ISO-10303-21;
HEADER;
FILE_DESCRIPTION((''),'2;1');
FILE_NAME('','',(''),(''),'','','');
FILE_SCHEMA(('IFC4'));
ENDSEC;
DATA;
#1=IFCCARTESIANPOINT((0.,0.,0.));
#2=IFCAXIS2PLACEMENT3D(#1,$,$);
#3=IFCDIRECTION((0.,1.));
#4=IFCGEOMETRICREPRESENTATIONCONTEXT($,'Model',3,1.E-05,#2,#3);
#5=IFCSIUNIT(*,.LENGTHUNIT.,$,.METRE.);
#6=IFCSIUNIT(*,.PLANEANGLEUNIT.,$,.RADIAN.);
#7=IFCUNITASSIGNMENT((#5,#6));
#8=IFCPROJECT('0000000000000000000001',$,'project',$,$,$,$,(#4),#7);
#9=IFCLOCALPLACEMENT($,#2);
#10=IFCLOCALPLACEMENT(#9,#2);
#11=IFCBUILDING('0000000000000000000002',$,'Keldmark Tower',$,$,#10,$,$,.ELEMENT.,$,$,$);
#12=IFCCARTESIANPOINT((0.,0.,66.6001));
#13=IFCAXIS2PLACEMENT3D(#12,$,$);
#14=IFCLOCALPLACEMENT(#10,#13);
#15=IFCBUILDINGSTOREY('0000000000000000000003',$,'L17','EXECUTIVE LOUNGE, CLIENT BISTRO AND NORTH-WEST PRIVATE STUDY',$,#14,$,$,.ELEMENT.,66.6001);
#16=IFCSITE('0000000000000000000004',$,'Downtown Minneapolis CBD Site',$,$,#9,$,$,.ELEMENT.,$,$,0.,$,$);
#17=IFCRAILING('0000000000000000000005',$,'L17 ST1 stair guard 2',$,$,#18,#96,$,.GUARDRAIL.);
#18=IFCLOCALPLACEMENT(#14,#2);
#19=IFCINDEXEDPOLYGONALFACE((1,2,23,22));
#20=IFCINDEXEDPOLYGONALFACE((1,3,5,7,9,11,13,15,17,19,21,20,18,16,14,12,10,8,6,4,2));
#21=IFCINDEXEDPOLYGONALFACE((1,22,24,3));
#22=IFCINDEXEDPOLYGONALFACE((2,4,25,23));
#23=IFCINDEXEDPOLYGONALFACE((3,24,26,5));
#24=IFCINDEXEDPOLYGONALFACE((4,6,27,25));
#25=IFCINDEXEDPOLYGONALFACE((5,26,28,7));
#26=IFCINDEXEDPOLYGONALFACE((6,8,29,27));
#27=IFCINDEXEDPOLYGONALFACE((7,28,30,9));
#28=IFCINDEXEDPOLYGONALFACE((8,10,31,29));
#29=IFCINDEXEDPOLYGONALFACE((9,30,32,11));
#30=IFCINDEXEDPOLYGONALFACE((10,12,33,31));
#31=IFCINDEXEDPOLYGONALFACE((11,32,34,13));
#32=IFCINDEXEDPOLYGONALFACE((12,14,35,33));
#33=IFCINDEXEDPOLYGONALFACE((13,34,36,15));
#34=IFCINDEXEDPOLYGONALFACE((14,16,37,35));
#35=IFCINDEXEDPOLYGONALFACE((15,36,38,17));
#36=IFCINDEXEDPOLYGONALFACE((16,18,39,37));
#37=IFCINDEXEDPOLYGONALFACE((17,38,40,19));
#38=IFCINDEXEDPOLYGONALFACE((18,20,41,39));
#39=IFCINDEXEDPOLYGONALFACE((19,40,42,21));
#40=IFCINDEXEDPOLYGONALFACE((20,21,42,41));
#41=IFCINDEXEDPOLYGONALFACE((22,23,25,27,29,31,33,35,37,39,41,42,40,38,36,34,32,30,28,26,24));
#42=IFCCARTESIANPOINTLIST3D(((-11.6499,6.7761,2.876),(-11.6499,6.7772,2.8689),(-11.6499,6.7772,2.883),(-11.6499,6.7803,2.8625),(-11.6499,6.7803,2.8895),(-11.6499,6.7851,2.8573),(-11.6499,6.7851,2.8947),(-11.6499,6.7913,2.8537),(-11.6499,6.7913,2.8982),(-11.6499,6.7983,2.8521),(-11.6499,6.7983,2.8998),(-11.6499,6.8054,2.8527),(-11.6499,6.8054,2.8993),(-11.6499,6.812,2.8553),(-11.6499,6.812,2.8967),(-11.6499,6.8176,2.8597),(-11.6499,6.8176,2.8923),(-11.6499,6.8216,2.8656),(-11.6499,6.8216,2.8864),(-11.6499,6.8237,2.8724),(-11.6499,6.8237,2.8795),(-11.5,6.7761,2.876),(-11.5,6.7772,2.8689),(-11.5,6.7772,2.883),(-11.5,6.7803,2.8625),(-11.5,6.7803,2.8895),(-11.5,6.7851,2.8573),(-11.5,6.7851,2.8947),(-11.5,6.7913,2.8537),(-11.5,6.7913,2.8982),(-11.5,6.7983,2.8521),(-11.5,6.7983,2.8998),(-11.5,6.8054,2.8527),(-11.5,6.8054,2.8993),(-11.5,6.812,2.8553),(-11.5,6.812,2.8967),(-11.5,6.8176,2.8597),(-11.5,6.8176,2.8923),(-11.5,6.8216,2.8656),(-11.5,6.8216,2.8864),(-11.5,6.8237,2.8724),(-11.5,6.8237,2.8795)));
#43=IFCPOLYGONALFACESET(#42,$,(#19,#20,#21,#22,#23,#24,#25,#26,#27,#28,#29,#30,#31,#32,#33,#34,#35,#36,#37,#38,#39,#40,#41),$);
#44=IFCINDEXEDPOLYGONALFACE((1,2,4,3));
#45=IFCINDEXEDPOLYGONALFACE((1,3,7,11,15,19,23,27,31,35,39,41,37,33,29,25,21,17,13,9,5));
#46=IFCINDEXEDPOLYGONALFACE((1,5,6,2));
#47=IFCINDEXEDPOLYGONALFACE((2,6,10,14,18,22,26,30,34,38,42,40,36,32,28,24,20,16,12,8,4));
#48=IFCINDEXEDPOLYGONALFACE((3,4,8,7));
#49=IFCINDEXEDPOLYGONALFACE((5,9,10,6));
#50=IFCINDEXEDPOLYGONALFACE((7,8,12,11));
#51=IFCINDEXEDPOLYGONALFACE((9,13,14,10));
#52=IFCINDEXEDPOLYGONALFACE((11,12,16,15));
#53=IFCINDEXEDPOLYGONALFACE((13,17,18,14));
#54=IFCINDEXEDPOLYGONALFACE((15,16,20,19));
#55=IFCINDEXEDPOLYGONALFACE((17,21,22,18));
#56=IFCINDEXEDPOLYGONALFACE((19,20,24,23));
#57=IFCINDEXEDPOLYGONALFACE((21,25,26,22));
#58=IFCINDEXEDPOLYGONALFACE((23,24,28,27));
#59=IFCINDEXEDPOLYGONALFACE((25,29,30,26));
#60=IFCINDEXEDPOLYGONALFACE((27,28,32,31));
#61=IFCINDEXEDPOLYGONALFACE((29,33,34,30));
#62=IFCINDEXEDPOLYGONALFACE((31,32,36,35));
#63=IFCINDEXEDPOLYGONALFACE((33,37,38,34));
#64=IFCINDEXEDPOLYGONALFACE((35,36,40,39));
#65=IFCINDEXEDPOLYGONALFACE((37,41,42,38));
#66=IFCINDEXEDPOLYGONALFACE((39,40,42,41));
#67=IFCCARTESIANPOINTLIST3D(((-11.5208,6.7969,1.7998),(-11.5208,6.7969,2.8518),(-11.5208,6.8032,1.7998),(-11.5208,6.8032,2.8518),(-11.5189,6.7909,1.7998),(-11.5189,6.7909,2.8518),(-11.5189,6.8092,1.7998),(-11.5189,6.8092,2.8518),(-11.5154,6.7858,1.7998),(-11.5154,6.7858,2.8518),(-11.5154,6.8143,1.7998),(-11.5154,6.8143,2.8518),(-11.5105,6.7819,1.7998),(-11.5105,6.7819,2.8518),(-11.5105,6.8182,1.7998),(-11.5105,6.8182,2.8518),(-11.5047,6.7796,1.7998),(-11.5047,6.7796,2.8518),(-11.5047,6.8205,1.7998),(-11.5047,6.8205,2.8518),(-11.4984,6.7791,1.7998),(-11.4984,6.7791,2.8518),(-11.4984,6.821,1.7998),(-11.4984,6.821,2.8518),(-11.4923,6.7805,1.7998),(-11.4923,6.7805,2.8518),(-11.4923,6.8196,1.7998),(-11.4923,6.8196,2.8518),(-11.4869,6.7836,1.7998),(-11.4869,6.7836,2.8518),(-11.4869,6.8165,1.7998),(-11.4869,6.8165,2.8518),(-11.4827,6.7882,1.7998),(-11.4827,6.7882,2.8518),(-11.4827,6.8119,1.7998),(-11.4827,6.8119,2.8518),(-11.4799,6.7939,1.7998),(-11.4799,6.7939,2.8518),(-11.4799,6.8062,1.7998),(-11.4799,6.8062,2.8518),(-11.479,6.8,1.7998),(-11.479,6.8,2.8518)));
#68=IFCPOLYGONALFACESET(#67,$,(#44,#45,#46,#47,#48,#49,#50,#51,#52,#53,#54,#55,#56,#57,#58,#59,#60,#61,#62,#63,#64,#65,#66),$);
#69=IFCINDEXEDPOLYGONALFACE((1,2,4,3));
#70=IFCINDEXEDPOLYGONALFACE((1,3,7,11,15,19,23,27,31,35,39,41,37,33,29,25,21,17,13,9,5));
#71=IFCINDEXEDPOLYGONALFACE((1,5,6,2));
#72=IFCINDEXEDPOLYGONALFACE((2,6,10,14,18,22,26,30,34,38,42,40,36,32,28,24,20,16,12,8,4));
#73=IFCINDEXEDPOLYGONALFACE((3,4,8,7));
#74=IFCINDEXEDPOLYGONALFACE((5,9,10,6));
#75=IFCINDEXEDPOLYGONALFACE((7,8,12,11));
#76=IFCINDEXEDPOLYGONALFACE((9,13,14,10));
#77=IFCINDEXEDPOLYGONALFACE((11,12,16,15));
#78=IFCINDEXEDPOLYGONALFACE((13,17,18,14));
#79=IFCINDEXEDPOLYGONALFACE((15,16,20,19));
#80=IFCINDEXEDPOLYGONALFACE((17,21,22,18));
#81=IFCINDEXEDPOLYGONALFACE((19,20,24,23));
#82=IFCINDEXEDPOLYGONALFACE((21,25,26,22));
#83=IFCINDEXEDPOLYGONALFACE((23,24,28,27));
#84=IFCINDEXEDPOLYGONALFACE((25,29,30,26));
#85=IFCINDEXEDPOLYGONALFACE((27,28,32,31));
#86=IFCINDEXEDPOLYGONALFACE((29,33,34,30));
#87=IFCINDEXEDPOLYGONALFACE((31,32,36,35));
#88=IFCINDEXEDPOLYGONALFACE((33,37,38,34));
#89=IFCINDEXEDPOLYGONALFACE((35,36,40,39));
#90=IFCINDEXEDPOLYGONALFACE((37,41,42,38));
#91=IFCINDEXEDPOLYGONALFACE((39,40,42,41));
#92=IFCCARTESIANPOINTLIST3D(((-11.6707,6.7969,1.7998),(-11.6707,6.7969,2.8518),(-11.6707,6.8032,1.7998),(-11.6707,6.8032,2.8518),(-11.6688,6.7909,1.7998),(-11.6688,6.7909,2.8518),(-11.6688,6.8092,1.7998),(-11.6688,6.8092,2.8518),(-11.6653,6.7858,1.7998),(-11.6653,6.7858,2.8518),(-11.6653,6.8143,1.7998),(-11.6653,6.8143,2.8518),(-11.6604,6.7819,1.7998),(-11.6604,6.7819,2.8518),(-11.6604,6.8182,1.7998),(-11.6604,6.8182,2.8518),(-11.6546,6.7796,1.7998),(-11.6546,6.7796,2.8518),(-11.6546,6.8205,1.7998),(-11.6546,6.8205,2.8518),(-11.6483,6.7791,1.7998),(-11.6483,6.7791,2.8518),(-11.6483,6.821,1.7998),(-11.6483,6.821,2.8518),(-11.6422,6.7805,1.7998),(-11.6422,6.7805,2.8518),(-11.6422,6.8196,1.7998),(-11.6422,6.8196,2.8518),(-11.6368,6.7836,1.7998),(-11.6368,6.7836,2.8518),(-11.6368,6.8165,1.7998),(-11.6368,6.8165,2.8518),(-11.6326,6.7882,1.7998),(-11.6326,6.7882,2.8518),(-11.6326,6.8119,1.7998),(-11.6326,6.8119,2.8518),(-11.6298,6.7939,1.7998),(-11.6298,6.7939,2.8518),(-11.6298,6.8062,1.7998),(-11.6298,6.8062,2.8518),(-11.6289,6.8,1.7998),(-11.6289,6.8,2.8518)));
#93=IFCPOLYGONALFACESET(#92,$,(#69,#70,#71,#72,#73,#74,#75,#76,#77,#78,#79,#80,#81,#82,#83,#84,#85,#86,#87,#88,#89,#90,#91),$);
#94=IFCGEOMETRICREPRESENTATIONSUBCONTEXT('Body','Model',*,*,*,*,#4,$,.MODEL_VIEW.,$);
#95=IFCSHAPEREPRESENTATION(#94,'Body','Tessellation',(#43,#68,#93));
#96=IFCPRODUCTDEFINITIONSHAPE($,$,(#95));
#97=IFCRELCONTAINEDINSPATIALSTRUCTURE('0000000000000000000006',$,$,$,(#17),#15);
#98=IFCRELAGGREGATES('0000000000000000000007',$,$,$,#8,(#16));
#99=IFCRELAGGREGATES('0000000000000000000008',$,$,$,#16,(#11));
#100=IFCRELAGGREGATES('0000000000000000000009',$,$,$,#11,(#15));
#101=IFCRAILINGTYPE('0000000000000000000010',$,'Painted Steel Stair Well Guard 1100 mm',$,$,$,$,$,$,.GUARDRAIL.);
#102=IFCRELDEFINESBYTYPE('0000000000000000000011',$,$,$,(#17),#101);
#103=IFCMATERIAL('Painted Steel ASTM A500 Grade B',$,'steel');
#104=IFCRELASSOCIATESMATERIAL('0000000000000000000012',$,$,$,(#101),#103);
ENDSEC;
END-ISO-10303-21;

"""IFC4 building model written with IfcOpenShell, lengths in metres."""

from ifc_helpers import new_model, si_unit, direction, frame, origin, origin_2d, place, context, subcontext, project, spatial, circle, extrude, material, type_object, element, save


model = new_model("IFC4")

# Units and contexts
model_context = context("Model", 3, precision=1e-05, world=origin(), true_north=direction((0.0, 1.0)))
body_context = subcontext(model_context, "Body", "Model", "MODEL_VIEW")
ifc_project = project(units=[si_unit("LENGTHUNIT", "METRE"), si_unit("PLANEANGLEUNIT", "RADIAN")], contexts=[model_context])

# Site, building, storey
site_placement = place(None, origin())
site = spatial("IfcSite", under=ifc_project, at=site_placement, Name="Downtown Minneapolis CBD Site", CompositionType="ELEMENT", RefElevation=0.0)
building_placement = place(site_placement, origin())
building = spatial("IfcBuilding", under=site, at=building_placement, Name="Keldmark Tower", CompositionType="ELEMENT")
storey_placement = place(building_placement, frame((0.0, 0.0, 66.6001)))
storey = spatial("IfcBuildingStorey", under=building, at=storey_placement, Name="L17", Description="EXECUTIVE LOUNGE, CLIENT BISTRO AND NORTH-WEST PRIVATE STUDY", CompositionType="ELEMENT", Elevation=66.6001)

# Railing
ifc_material_1 = material(Name="Painted Steel ASTM A500 Grade B", Category="steel")
railing_type_1 = type_object("IfcRailingType", Name="Painted Steel Stair Well Guard 1100 mm", PredefinedType="GUARDRAIL", material=ifc_material_1)
railing_1_placement = place(storey_placement, frame((-11.5, 6.8, 1.7998)))
element("IfcRailing", 1, at=railing_1_placement, inside=storey, type_object=railing_type_1, Name="L17 ST1 stair guard 2", PredefinedType="GUARDRAIL", context=body_context, shape_type="SweptSolid", body=[
    extrude(circle(Radius=0.0239, at=origin_2d()), frame((0.0, 0.0, 1.0762), z_axis=(-1.0, 0.0, 0.0), x_axis=(0.0, -1.0, 0.0)), (0.0, 0.0, 1.0), 0.1499),
    extrude(circle(Radius=0.021, at=origin_2d()), origin(), (0.0, 0.0, 1.0), 1.052),
    extrude(circle(Radius=0.021, at=origin_2d()), frame((-0.1499, 0.0, 0.0)), (0.0, 0.0, 1.0), 1.052),
])

save(model, "model.ifc")
